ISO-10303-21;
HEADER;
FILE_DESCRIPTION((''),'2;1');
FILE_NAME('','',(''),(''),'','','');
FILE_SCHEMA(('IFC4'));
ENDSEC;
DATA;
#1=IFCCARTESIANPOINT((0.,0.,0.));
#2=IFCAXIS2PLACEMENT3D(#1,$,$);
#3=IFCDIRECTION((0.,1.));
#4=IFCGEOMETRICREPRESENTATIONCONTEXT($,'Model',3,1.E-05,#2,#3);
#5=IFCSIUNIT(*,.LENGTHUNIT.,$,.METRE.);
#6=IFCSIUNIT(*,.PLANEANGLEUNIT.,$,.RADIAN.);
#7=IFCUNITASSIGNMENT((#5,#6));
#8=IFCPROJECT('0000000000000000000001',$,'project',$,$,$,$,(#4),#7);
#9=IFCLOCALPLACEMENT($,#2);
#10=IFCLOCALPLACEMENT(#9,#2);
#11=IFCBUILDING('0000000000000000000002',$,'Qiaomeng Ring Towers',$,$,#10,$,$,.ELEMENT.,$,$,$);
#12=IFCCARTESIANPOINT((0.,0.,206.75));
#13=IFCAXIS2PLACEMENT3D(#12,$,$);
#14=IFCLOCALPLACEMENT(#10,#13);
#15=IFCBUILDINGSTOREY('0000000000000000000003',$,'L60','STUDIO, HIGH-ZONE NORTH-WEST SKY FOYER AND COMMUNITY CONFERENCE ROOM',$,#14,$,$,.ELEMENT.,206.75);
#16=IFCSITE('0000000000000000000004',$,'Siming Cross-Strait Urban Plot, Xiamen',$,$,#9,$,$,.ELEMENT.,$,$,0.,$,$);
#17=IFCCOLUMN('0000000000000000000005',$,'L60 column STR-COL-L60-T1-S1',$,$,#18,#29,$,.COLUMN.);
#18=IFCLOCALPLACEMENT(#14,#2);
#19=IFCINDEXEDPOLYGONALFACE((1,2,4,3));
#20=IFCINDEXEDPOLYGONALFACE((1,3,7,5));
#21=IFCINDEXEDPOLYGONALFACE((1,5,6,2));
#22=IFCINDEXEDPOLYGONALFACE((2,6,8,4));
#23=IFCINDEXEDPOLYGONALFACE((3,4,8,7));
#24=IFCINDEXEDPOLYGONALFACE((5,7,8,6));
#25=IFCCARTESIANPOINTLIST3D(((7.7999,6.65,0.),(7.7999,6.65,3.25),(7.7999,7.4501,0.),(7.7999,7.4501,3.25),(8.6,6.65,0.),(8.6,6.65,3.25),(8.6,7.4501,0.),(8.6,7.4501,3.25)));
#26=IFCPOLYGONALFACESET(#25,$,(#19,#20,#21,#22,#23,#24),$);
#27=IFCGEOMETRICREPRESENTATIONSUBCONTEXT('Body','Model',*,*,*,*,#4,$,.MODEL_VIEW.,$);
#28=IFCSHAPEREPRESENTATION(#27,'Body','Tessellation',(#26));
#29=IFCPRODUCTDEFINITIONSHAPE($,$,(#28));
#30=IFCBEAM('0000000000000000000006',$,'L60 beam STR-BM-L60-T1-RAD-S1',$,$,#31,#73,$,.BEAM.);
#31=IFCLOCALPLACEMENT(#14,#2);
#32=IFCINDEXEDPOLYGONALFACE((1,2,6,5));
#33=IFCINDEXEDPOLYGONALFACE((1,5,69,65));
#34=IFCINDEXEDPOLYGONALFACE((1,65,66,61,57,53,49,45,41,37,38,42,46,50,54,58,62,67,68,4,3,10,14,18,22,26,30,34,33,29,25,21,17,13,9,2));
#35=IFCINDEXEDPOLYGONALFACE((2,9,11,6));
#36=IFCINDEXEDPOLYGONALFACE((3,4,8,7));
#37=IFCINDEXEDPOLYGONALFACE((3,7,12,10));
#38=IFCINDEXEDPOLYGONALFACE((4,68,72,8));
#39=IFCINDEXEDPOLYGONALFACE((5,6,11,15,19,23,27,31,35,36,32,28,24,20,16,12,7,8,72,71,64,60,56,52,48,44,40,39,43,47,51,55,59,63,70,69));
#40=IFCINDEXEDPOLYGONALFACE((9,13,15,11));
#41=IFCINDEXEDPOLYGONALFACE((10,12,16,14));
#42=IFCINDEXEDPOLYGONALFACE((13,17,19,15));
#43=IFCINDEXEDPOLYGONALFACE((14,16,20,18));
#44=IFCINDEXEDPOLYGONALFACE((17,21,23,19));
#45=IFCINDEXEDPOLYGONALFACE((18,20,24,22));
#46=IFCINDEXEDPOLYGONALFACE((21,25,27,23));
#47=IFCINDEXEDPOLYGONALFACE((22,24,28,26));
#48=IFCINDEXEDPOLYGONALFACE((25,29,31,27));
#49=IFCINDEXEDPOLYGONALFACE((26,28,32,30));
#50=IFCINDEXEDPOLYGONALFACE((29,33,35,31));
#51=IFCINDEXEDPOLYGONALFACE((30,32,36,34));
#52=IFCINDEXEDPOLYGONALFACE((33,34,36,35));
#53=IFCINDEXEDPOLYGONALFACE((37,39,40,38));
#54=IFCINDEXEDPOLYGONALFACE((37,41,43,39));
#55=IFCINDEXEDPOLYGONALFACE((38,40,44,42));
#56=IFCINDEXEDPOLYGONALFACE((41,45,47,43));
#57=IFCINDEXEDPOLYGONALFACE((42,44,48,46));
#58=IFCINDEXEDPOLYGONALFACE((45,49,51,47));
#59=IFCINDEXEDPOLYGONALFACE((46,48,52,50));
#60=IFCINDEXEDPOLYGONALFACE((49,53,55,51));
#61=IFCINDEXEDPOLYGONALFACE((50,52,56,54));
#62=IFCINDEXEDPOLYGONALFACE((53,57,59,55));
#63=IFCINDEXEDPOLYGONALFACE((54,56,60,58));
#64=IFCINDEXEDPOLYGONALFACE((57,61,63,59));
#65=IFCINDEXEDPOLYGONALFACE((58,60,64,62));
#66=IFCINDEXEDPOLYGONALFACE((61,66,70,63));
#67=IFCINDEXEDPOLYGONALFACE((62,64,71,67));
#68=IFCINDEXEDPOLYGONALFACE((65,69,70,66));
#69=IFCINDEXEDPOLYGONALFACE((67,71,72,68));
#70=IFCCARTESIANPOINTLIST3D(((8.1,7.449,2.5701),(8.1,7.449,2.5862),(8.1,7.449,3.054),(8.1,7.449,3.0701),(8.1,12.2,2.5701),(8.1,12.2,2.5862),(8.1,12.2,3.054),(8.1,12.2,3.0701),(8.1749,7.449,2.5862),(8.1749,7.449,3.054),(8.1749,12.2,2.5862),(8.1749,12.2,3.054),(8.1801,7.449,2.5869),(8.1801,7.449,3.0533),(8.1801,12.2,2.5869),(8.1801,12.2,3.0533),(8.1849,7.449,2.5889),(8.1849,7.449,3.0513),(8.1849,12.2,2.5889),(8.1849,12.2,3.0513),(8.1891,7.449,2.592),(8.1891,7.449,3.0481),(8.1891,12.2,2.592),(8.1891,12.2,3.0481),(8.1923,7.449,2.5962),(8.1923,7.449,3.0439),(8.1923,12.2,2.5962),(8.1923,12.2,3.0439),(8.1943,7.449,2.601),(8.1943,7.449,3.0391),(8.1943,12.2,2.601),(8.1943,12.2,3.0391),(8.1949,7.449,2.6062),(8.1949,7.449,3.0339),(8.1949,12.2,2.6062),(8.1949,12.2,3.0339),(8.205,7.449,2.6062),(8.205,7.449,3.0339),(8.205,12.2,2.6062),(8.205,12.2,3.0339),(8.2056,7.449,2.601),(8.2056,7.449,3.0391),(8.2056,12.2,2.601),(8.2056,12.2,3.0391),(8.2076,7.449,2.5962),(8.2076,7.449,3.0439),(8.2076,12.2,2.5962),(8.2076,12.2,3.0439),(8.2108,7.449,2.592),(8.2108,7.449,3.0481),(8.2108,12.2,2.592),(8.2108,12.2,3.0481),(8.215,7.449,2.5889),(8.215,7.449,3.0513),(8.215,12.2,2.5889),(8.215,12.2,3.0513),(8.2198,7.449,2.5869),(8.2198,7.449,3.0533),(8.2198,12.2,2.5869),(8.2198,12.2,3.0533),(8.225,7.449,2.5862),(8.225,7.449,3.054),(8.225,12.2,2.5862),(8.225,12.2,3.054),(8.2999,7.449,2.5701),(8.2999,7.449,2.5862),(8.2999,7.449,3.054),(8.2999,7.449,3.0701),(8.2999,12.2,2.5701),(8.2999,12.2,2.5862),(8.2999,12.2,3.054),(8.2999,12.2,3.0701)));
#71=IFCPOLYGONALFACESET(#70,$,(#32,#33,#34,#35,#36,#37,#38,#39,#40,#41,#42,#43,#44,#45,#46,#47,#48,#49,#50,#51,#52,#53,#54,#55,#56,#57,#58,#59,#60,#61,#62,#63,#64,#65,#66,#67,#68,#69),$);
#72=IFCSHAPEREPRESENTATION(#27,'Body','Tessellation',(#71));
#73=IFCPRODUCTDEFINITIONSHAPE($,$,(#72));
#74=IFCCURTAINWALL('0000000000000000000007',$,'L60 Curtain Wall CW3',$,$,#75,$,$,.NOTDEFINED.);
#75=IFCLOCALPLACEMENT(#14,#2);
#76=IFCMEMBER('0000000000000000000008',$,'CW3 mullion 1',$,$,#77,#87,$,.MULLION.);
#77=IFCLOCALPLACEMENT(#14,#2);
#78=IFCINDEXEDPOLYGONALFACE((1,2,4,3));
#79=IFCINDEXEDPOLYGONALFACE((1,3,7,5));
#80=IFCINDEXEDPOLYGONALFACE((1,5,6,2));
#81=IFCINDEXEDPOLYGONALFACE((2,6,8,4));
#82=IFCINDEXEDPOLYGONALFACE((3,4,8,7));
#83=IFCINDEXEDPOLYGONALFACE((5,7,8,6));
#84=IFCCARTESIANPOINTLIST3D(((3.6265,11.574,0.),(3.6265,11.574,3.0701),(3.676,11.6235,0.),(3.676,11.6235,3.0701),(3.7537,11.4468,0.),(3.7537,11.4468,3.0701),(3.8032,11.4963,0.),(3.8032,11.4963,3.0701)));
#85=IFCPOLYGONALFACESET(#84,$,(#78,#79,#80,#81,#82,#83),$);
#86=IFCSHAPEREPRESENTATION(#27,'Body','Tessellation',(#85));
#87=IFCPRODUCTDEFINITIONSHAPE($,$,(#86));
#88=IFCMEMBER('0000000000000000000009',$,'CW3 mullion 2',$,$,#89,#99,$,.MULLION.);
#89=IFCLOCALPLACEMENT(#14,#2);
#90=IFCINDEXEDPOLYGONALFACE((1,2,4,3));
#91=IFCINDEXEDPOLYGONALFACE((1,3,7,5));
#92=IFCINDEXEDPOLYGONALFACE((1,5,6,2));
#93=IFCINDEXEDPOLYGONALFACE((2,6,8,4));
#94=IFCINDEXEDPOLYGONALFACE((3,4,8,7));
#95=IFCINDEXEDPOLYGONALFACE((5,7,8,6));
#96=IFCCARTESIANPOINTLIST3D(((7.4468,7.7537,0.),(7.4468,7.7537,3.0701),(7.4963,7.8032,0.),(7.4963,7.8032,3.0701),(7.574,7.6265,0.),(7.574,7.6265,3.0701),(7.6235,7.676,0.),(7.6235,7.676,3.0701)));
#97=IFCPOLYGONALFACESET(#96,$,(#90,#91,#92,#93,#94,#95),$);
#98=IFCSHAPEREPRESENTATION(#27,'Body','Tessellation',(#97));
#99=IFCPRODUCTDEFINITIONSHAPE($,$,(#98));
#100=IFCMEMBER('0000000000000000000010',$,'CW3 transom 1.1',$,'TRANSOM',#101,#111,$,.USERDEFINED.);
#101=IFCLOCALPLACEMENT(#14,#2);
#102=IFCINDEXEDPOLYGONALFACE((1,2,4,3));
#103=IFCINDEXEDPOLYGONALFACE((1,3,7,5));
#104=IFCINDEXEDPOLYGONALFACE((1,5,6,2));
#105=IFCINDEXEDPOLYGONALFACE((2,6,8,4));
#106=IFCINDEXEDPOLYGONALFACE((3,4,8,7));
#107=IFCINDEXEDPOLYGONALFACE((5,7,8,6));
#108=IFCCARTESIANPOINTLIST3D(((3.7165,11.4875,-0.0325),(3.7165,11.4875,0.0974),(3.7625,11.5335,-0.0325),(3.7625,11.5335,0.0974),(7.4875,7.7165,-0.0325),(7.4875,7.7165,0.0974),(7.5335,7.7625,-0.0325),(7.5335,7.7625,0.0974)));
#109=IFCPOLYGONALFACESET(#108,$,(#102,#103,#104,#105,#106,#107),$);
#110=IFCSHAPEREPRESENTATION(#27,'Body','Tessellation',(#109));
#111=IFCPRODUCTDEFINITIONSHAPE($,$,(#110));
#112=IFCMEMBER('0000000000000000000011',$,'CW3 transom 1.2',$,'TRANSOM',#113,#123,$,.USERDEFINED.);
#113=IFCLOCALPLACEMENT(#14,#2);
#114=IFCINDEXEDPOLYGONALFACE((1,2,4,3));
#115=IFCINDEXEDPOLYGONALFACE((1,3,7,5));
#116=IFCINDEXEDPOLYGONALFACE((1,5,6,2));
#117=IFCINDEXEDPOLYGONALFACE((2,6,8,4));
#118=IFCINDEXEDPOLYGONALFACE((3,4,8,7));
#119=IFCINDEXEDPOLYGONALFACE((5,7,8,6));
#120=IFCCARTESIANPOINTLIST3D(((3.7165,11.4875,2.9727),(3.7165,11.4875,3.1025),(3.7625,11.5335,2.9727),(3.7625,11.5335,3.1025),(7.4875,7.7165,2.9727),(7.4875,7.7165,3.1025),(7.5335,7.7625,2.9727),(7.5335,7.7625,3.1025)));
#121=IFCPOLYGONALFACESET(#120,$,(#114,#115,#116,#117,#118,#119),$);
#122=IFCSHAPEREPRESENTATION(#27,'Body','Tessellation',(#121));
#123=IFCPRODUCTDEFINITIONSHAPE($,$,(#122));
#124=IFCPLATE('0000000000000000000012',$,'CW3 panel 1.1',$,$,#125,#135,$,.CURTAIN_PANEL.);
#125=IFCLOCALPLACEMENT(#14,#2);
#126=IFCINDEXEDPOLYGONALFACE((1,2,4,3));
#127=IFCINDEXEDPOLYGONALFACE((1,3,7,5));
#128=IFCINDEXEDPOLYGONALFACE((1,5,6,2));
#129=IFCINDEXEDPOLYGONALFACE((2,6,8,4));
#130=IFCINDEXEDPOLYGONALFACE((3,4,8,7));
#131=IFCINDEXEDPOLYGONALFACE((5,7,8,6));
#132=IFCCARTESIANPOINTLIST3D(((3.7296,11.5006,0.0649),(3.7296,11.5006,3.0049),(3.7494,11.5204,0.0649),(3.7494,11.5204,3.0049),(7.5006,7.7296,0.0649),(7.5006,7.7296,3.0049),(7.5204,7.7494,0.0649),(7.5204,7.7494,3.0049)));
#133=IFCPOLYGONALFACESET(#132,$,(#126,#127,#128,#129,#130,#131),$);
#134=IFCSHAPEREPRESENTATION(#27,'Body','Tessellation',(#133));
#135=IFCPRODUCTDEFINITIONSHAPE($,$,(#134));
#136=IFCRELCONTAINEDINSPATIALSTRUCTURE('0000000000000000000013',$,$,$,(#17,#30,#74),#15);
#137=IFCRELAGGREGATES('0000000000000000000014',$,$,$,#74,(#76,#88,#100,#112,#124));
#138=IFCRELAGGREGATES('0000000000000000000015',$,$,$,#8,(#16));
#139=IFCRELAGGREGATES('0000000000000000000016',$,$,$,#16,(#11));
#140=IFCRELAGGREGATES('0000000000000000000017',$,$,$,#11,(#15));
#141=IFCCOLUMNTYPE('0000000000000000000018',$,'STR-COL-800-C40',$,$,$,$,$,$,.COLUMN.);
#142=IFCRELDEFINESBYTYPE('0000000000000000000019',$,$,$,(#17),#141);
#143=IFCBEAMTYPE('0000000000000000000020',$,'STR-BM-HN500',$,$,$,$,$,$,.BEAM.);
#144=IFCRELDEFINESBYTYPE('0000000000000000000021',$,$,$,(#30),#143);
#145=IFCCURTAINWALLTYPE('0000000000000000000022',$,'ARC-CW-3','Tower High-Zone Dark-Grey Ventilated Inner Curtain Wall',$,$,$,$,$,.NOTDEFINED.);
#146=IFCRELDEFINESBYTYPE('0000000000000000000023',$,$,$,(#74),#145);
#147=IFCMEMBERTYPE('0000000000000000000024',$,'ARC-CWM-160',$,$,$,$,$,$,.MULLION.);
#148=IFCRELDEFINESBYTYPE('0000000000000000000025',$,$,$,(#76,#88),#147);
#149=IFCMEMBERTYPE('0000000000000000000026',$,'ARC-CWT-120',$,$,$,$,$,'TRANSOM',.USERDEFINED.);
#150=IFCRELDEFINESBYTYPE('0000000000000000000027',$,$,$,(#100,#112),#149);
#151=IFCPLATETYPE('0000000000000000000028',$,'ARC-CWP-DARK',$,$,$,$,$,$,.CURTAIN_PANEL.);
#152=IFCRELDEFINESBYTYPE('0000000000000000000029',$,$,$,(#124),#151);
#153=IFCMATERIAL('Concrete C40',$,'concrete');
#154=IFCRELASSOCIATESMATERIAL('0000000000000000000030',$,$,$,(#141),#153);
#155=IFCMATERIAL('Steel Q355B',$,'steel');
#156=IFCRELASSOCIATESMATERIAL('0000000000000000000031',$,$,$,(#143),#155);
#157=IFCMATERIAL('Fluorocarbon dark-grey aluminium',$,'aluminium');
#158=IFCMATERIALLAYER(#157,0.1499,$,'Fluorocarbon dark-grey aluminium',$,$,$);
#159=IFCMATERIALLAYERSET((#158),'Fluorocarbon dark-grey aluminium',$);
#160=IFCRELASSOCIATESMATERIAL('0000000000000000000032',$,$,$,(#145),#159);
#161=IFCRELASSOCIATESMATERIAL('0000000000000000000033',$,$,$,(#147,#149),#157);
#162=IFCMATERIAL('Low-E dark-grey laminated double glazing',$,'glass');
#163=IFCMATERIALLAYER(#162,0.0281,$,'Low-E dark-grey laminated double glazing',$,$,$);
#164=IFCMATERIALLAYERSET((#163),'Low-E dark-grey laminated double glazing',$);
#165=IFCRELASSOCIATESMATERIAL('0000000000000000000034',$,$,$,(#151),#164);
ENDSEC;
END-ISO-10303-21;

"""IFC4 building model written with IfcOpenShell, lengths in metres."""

from ifc_helpers import new_model, si_unit, direction, frame, origin, origin_2d, place, context, subcontext, project, spatial, rectangle, i_section, extrude, source, transform, mapped, material, layer, layer_set, material_profile, profile_set, type_object, element, aggregate, save


model = new_model("IFC4")

# Units and contexts
model_context = context("Model", 3, precision=1e-05, world=origin(), true_north=direction((0.0, 1.0)))
body_context = subcontext(model_context, "Body", "Model", "MODEL_VIEW")
ifc_project = project(units=[si_unit("LENGTHUNIT", "METRE"), si_unit("PLANEANGLEUNIT", "RADIAN")], contexts=[model_context])

# Site, building, storey
site_placement = place(None, origin())
site = spatial("IfcSite", under=ifc_project, at=site_placement, Name="Siming Cross-Strait Urban Plot, Xiamen", CompositionType="ELEMENT", RefElevation=0.0)
building_placement = place(site_placement, origin())
building = spatial("IfcBuilding", under=site, at=building_placement, Name="Qiaomeng Ring Towers", CompositionType="ELEMENT")
storey_placement = place(building_placement, frame((0.0, 0.0, 206.75)))
storey = spatial("IfcBuildingStorey", under=building, at=storey_placement, Name="L60", Description="STUDIO, HIGH-ZONE NORTH-WEST SKY FOYER AND COMMUNITY CONFERENCE ROOM", CompositionType="ELEMENT", Elevation=206.75)

# Column
ifc_material_1 = material(Name="Concrete C40", Category="concrete")
ifc_material_profile_1 = material_profile(ifc_material_1, rectangle(XDim=0.8, YDim=0.8, at=origin_2d()), Name="RC COL 800x800")
ifc_profile_set_1 = profile_set([ifc_material_profile_1], Name="Concrete C40")
column_type = type_object("IfcColumnType", Name="STR-COL-800-C40", PredefinedType="COLUMN", material=ifc_profile_set_1)
shared_shape_1 = source(origin(), body_context, "Body", "SweptSolid", [
    extrude(rectangle(XDim=0.8, YDim=0.8, at=origin_2d()), origin(), (0.0, 0.0, 1.0), 3.25),
])
column_placement = place(storey_placement, frame((8.2, 7.05, 0.0), z_axis=(0.0, 0.0, 1.0), x_axis=(1.0, 0.0, 0.0)))
element("IfcColumn", 1, at=column_placement, inside=storey, type_object=column_type, Name="L60 column STR-COL-L60-T1-S1", PredefinedType="COLUMN", context=body_context, shape_type="MappedRepresentation", body=[
    mapped(shared_shape_1, transform((0.0, 0.0, 0.0), x_axis=(1.0, 0.0, 0.0), y_axis=(0.0, 1.0, 0.0), z_axis=(0.0, 0.0, 1.0), scale=1.0)),
])

# Beam
ifc_material_2 = material(Name="Steel Q355B", Category="steel")
ifc_material_profile_2 = material_profile(ifc_material_2, i_section(OverallWidth=0.2, OverallDepth=0.5, WebThickness=0.01, FlangeThickness=0.0161, FilletRadius=0.02, at=origin_2d()), Name="HN 500x200x10x16")
ifc_profile_set_2 = profile_set([ifc_material_profile_2], Name="Steel Q355B")
beam_type = type_object("IfcBeamType", Name="STR-BM-HN500", PredefinedType="BEAM", material=ifc_profile_set_2)
shared_shape_2 = source(origin(), body_context, "Body", "SweptSolid", [
    extrude(i_section(OverallWidth=0.2, OverallDepth=0.5, WebThickness=0.01, FlangeThickness=0.0161, FilletRadius=0.02, at=origin_2d()), origin(), (0.0, 0.0, 1.0), 4.751),
])
beam_placement = place(storey_placement, frame((8.2, 7.449, 2.8201), z_axis=(0.0, 1.0, 0.0), x_axis=(-1.0, 0.0, 0.0)))
element("IfcBeam", 2, at=beam_placement, inside=storey, type_object=beam_type, Name="L60 beam STR-BM-L60-T1-RAD-S1", PredefinedType="BEAM", context=body_context, shape_type="MappedRepresentation", body=[
    mapped(shared_shape_2, transform((0.0, 0.0, 0.0), x_axis=(1.0, 0.0, 0.0), y_axis=(0.0, 1.0, 0.0), z_axis=(0.0, 0.0, 1.0), scale=1.0)),
])

# Curtain wall, members, plate
ifc_material_3 = material(Name="Fluorocarbon dark-grey aluminium", Category="aluminium")
ifc_layer_1 = layer(ifc_material_3, 0.1499, Name="Fluorocarbon dark-grey aluminium")
ifc_layer_set_1 = layer_set([ifc_layer_1], Name="Fluorocarbon dark-grey aluminium")
curtain_wall_type = type_object("IfcCurtainWallType", Name="ARC-CW-3", Description="Tower High-Zone Dark-Grey Ventilated Inner Curtain Wall", PredefinedType="NOTDEFINED", material=ifc_layer_set_1)
curtain_wall_placement = place(storey_placement, origin())
curtain_wall = element("IfcCurtainWall", 3, at=curtain_wall_placement, inside=storey, type_object=curtain_wall_type, Name="L60 Curtain Wall CW3", PredefinedType="NOTDEFINED")
ifc_material_profile_3 = material_profile(ifc_material_3, rectangle(XDim=0.0701, YDim=0.1799, at=origin_2d()), Name="ALU MULL 70x180")
ifc_profile_set_3 = profile_set([ifc_material_profile_3], Name="Fluorocarbon dark-grey aluminium")
member_type_1 = type_object("IfcMemberType", Name="ARC-CWM-160", PredefinedType="MULLION", material=ifc_profile_set_3)
shared_shape_3 = source(origin(), body_context, "Body", "SweptSolid", [
    extrude(rectangle(XDim=0.0701, YDim=0.1799, at=origin_2d()), origin(), (0.0, 0.0, 1.0), 3.0701),
])
member_1_placement = place(storey_placement, frame((3.7148, 11.5352, 0.0), z_axis=(0.0, 0.0, 1.0), x_axis=(0.707107, 0.707107, 0.0)))
member_1 = element("IfcMember", 4, at=member_1_placement, type_object=member_type_1, Name="CW3 mullion 1", PredefinedType="MULLION", context=body_context, shape_type="MappedRepresentation", body=[
    mapped(shared_shape_3, transform((0.0, 0.0, 0.0), x_axis=(1.0, 0.0, 0.0), y_axis=(0.0, 1.0, 0.0), z_axis=(0.0, 0.0, 1.0), scale=1.0)),
])
member_2_placement = place(storey_placement, frame((7.5352, 7.7148, 0.0), z_axis=(0.0, 0.0, 1.0), x_axis=(0.707107, 0.707107, 0.0)))
member_2 = element("IfcMember", 5, at=member_2_placement, type_object=member_type_1, Name="CW3 mullion 2", PredefinedType="MULLION", context=body_context, shape_type="MappedRepresentation", body=[
    mapped(shared_shape_3, transform((0.0, 0.0, 0.0), x_axis=(1.0, 0.0, 0.0), y_axis=(0.0, 1.0, 0.0), z_axis=(0.0, 0.0, 1.0), scale=1.0)),
])
ifc_material_profile_4 = material_profile(ifc_material_3, rectangle(XDim=0.0649, YDim=0.1299, at=origin_2d()), Name="ALU TRAN 65x130")
ifc_profile_set_4 = profile_set([ifc_material_profile_4], Name="Fluorocarbon dark-grey aluminium")
member_type_2 = type_object("IfcMemberType", Name="ARC-CWT-120", ElementType="TRANSOM", PredefinedType="USERDEFINED", material=ifc_profile_set_4)
shared_shape_4 = source(origin(), body_context, "Body", "SweptSolid", [
    extrude(rectangle(XDim=0.0649, YDim=0.1299, at=origin_2d()), origin(), (0.0, 0.0, 1.0), 5.333),
])
member_3_placement = place(storey_placement, frame((3.7395, 11.5105, 0.0325), z_axis=(0.707107, -0.707107, 0.0), x_axis=(0.707107, 0.707107, 0.0)))
member_3 = element("IfcMember", 6, at=member_3_placement, type_object=member_type_2, Name="CW3 transom 1.1", ObjectType="TRANSOM", PredefinedType="USERDEFINED", context=body_context, shape_type="MappedRepresentation", body=[
    mapped(shared_shape_4, transform((0.0, 0.0, 0.0), x_axis=(1.0, 0.0, 0.0), y_axis=(0.0, 1.0, 0.0), z_axis=(0.0, 0.0, 1.0), scale=1.0)),
])
member_4_placement = place(storey_placement, frame((3.7395, 11.5105, 3.0376), z_axis=(0.707107, -0.707107, 0.0), x_axis=(0.707107, 0.707107, 0.0)))
member_4 = element("IfcMember", 7, at=member_4_placement, type_object=member_type_2, Name="CW3 transom 1.2", ObjectType="TRANSOM", PredefinedType="USERDEFINED", context=body_context, shape_type="MappedRepresentation", body=[
    mapped(shared_shape_4, transform((0.0, 0.0, 0.0), x_axis=(1.0, 0.0, 0.0), y_axis=(0.0, 1.0, 0.0), z_axis=(0.0, 0.0, 1.0), scale=1.0)),
])
ifc_material_4 = material(Name="Low-E dark-grey laminated double glazing", Category="glass")
ifc_layer_2 = layer(ifc_material_4, 0.0281, Name="Low-E dark-grey laminated double glazing")
ifc_layer_set_2 = layer_set([ifc_layer_2], Name="Low-E dark-grey laminated double glazing")
plate_type = type_object("IfcPlateType", Name="ARC-CWP-DARK", PredefinedType="CURTAIN_PANEL", material=ifc_layer_set_2)
shared_shape_5 = source(origin(), body_context, "Body", "SweptSolid", [
    extrude(rectangle(XDim=5.333, YDim=0.0281, at=origin_2d()), origin(), (0.0, 0.0, 1.0), 2.9399),
])
plate_placement = place(storey_placement, frame((5.625, 9.625, 0.0649), z_axis=(0.0, 0.0, 1.0), x_axis=(0.707107, -0.707107, 0.0)))
plate = element("IfcPlate", 8, at=plate_placement, type_object=plate_type, Name="CW3 panel 1.1", PredefinedType="CURTAIN_PANEL", context=body_context, shape_type="MappedRepresentation", body=[
    mapped(shared_shape_5, transform((0.0, 0.0, 0.0), x_axis=(1.0, 0.0, 0.0), y_axis=(0.0, 1.0, 0.0), z_axis=(0.0, 0.0, 1.0), scale=1.0)),
])
aggregate(curtain_wall, [member_1, member_2, member_3, member_4, plate])

save(model, "model.ifc")
